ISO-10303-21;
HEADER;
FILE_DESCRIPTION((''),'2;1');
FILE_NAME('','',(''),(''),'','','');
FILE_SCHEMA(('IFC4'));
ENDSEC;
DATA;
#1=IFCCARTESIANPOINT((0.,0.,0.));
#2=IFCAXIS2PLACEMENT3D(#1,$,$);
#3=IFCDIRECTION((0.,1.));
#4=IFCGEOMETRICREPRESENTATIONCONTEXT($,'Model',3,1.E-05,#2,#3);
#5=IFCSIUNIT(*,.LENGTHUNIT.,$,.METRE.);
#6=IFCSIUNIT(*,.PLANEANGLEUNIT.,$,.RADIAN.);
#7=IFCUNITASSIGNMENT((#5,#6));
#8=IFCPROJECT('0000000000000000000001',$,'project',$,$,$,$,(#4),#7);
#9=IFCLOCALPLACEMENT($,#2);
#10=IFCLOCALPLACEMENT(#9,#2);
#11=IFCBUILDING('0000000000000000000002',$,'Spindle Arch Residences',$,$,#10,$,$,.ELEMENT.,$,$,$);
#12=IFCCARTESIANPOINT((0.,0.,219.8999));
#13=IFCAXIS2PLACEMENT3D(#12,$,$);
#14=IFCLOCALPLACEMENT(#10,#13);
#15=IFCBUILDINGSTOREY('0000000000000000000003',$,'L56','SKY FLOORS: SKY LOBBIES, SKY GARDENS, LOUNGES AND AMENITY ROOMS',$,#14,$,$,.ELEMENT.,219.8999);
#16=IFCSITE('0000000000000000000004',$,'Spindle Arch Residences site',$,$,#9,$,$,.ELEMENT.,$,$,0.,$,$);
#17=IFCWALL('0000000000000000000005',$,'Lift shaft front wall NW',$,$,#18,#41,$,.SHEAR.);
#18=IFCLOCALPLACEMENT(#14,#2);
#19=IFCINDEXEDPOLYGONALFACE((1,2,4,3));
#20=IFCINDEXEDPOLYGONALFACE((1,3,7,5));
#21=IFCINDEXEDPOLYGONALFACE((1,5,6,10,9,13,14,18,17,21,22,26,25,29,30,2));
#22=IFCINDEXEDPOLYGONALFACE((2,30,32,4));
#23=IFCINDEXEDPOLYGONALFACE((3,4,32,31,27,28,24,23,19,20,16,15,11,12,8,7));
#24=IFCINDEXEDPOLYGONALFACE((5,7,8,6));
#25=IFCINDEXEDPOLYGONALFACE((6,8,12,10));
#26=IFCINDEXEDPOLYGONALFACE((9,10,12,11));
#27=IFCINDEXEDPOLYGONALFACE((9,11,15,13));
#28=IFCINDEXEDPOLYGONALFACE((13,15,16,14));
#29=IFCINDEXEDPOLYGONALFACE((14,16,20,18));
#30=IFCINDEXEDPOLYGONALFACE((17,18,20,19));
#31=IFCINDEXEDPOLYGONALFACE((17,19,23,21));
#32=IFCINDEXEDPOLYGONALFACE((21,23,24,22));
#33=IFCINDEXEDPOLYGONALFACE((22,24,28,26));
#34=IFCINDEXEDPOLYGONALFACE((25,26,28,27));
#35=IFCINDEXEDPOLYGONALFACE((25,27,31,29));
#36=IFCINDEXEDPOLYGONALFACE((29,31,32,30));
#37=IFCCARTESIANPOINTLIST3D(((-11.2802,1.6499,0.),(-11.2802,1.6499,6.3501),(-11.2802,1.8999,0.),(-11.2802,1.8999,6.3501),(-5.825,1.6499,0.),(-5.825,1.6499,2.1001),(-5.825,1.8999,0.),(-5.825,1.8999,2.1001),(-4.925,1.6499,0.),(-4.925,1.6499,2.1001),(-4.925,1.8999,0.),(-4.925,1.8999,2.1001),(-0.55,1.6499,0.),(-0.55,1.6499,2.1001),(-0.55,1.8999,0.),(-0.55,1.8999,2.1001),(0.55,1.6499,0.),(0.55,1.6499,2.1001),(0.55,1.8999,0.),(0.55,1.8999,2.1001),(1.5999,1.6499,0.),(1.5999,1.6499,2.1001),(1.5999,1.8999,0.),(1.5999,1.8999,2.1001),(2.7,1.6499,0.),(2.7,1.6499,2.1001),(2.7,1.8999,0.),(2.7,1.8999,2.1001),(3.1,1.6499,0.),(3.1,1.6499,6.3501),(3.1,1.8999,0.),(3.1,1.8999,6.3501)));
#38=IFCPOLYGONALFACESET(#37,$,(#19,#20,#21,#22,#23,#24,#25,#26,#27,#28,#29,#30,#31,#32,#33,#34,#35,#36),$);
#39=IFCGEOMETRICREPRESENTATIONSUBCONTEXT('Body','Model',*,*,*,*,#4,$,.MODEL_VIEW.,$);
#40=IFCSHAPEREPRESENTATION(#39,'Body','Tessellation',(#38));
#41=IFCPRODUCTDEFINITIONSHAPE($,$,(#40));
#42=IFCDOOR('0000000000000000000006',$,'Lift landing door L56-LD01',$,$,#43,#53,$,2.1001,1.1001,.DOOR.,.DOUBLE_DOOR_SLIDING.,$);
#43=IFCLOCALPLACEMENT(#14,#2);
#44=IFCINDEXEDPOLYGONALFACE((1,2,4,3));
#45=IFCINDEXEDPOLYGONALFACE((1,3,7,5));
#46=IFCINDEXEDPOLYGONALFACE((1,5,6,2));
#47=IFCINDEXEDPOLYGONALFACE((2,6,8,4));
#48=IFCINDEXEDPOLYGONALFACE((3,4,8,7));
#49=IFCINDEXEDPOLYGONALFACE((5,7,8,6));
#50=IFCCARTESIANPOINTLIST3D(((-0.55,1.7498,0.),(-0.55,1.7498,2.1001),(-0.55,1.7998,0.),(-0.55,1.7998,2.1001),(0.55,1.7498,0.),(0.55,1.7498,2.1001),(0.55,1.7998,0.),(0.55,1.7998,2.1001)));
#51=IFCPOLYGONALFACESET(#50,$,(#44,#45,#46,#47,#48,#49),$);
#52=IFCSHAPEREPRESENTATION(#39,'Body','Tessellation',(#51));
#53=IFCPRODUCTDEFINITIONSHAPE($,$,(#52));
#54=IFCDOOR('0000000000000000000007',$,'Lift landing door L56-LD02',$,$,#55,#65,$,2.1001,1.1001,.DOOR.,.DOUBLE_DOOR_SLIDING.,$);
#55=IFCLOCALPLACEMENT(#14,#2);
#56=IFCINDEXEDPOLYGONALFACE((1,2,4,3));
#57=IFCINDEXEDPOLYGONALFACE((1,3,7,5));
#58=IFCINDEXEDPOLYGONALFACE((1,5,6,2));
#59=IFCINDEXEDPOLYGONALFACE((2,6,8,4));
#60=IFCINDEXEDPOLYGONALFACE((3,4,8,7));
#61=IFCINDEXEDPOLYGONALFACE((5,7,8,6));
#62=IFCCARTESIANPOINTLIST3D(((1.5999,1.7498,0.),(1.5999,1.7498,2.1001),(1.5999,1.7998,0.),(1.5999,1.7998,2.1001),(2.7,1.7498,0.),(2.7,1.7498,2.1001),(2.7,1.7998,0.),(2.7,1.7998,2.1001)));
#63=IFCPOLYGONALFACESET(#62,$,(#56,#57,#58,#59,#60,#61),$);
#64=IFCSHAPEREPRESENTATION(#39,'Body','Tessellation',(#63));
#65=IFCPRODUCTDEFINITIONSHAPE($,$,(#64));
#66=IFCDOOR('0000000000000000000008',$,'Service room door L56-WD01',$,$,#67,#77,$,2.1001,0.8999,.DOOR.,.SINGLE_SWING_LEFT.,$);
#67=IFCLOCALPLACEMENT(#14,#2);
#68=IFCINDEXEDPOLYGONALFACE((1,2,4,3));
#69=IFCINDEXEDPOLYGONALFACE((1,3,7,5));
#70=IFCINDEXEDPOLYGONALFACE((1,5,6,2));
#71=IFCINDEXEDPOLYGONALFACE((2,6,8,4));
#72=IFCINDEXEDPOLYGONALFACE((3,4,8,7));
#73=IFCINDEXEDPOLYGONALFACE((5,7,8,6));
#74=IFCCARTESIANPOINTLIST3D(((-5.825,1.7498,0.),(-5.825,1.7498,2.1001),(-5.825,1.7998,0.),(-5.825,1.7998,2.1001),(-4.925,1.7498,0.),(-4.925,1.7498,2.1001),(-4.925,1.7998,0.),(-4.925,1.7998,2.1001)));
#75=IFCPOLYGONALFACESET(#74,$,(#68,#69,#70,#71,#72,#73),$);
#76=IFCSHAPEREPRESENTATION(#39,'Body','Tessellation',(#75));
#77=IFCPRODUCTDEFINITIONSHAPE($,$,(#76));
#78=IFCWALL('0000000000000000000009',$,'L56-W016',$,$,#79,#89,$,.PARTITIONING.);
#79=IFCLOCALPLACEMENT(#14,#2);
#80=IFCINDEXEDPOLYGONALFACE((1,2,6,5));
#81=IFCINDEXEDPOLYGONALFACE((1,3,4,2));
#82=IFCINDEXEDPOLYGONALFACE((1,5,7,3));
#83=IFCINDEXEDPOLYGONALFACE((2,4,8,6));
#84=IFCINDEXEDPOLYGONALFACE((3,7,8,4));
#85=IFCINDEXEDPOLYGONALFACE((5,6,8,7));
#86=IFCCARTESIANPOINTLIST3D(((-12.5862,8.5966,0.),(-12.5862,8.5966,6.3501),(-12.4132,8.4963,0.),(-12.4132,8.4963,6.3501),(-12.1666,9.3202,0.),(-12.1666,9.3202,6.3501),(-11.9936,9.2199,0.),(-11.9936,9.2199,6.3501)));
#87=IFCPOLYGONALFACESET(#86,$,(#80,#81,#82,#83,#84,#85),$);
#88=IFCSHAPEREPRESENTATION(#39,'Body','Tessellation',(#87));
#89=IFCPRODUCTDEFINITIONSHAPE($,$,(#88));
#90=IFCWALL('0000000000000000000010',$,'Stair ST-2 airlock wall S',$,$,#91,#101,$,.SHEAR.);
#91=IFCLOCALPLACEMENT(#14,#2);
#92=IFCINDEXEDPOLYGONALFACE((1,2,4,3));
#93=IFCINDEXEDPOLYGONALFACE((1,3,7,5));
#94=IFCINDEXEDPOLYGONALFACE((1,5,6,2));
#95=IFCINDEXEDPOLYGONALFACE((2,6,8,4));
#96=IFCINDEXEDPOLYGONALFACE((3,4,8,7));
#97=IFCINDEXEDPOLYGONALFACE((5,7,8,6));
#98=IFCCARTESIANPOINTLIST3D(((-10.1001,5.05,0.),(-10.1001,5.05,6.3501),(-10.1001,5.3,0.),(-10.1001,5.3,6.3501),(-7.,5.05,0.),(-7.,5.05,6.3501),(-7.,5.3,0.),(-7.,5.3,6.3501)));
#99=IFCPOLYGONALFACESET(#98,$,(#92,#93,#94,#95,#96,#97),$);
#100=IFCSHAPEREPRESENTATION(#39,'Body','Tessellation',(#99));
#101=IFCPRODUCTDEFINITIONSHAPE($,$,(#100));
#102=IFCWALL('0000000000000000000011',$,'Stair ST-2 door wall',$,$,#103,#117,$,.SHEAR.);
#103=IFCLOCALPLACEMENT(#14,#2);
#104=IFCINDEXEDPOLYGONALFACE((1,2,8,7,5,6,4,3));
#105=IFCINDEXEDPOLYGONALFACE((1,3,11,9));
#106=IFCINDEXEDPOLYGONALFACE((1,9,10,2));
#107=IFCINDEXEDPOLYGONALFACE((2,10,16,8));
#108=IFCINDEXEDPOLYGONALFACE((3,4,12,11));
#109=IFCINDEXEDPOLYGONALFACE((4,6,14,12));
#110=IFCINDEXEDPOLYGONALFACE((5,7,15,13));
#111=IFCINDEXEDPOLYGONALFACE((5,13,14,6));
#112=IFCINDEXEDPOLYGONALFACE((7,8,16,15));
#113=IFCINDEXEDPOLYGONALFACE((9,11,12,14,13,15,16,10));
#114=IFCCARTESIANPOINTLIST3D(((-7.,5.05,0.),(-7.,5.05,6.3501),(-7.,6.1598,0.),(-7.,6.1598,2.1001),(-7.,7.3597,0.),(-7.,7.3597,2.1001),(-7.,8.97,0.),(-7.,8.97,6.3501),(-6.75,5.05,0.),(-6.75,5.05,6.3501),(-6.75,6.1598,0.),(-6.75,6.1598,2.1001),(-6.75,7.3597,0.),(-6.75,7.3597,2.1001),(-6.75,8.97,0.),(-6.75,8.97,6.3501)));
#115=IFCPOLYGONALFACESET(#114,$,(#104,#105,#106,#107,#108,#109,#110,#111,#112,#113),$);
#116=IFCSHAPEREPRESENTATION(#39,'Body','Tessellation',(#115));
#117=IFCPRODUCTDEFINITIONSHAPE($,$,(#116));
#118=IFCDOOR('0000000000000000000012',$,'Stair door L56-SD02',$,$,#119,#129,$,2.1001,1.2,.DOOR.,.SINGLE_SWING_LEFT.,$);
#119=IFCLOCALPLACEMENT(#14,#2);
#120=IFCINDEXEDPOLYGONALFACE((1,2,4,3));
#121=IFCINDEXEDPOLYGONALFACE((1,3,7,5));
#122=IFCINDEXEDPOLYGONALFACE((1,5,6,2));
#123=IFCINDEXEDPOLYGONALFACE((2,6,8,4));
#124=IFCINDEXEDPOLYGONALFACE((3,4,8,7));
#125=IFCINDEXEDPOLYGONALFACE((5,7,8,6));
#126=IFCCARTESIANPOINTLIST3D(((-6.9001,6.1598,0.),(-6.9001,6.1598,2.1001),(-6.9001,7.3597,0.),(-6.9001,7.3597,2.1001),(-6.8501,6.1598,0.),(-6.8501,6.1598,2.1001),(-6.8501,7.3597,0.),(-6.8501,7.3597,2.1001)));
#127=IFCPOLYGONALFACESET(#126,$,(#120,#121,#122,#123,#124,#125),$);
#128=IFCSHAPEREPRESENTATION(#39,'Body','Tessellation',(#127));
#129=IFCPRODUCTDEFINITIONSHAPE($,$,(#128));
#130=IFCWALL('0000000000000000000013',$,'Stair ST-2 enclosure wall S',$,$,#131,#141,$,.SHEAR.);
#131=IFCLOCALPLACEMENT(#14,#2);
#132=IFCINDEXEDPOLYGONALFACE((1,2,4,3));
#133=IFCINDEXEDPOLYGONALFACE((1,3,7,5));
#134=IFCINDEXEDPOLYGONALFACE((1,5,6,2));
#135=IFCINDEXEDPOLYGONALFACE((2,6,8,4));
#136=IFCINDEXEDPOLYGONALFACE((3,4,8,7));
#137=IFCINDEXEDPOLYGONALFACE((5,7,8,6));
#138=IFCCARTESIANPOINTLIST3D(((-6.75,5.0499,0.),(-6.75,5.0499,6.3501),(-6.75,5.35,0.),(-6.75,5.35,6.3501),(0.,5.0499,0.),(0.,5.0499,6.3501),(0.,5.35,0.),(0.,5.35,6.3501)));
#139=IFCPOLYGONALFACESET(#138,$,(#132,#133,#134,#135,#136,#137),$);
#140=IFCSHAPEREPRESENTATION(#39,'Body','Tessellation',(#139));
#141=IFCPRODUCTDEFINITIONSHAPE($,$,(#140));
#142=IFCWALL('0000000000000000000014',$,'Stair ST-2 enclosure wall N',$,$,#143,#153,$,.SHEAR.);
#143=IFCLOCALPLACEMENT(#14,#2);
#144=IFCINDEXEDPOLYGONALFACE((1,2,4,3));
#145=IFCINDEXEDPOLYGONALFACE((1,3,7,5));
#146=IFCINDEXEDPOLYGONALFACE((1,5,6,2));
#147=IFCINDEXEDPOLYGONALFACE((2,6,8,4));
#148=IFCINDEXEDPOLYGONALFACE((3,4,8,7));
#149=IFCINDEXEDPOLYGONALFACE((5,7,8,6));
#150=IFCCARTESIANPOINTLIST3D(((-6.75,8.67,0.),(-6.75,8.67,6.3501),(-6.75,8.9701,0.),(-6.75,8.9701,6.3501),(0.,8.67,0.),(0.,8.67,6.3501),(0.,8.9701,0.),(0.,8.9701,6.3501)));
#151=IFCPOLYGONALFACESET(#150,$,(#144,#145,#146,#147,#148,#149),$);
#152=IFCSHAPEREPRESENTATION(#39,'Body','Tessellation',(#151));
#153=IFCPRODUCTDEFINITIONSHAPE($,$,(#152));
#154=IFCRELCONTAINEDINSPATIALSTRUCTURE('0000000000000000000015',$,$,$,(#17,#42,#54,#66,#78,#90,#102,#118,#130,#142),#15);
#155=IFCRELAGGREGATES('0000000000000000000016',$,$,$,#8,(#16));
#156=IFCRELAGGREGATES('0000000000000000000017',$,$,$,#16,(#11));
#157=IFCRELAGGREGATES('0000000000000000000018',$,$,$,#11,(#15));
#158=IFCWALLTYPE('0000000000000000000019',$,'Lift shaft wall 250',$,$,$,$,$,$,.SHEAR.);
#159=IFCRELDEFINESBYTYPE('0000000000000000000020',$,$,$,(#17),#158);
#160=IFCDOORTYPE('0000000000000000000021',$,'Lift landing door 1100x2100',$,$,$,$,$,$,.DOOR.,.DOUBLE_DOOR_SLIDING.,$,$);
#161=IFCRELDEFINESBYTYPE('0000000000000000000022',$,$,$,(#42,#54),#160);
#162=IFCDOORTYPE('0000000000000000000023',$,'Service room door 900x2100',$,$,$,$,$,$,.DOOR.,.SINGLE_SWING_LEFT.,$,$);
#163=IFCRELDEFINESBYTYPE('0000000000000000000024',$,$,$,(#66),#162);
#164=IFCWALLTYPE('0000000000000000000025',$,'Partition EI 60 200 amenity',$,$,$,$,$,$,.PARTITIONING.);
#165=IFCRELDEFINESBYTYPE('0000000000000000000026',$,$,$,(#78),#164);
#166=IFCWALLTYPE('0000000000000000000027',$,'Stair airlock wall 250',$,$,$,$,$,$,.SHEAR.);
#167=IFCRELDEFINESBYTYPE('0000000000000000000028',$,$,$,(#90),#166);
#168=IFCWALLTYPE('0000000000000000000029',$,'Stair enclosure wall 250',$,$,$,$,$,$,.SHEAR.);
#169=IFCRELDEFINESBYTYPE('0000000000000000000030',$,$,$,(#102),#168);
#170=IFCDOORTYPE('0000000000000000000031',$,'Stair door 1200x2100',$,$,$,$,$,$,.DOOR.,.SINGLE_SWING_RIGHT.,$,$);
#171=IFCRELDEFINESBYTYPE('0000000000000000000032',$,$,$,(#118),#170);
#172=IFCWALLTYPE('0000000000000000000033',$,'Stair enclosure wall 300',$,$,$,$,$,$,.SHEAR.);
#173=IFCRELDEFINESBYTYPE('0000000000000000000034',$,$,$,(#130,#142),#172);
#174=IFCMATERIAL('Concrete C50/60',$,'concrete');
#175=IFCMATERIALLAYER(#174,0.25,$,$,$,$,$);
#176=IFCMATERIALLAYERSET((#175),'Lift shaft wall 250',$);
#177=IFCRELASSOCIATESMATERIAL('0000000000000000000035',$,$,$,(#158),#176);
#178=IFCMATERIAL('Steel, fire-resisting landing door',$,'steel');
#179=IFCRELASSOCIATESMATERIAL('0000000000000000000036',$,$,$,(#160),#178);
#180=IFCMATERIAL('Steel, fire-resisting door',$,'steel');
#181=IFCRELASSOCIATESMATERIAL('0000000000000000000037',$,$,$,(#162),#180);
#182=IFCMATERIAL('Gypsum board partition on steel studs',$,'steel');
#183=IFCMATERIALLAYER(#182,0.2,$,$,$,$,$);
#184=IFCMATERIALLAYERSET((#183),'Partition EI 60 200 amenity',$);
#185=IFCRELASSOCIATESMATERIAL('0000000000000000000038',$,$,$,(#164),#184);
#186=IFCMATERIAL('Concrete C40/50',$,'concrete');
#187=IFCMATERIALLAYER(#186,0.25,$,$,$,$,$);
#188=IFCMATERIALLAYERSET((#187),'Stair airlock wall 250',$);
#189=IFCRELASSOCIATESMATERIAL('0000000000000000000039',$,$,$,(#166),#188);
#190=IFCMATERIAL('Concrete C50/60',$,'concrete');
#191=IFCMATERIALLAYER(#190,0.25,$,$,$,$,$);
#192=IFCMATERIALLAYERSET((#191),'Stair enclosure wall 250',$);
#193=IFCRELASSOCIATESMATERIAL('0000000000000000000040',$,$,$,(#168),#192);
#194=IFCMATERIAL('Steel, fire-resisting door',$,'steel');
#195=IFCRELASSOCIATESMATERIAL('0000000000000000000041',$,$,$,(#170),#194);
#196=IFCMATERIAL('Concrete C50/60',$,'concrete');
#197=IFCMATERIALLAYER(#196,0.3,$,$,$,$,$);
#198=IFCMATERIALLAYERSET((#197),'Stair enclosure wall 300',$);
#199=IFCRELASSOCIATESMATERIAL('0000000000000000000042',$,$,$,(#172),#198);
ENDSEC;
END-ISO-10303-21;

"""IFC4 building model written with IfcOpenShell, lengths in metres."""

from ifc_helpers import new_model, si_unit, direction, frame, frame_2d, origin, place, context, subcontext, project, spatial, rectangle, extrude, material, layer, layer_set, type_object, element, fill, save


model = new_model("IFC4")

# Units and contexts
model_context = context("Model", 3, precision=1e-05, world=origin(), true_north=direction((0.0, 1.0)))
body_context = subcontext(model_context, "Body", "Model", "MODEL_VIEW")
ifc_project = project(units=[si_unit("LENGTHUNIT", "METRE"), si_unit("PLANEANGLEUNIT", "RADIAN")], contexts=[model_context])

# Site, building, storey
site_placement = place(None, origin())
site = spatial("IfcSite", under=ifc_project, at=site_placement, Name="Spindle Arch Residences site", CompositionType="ELEMENT", RefElevation=0.0)
building_placement = place(site_placement, origin())
building = spatial("IfcBuilding", under=site, at=building_placement, Name="Spindle Arch Residences", CompositionType="ELEMENT")
storey_placement = place(building_placement, frame((0.0, 0.0, 219.8999)))
storey = spatial("IfcBuildingStorey", under=building, at=storey_placement, Name="L56", Description="SKY FLOORS: SKY LOBBIES, SKY GARDENS, LOUNGES AND AMENITY ROOMS", CompositionType="ELEMENT", Elevation=219.8999)

# Wall, openings, doors
ifc_material_1 = material(Name="Concrete C50/60", Category="concrete")
ifc_layer_1 = layer(ifc_material_1, 0.25)
ifc_layer_set_1 = layer_set([ifc_layer_1], Name="Lift shaft wall 250")
wall_type_1 = type_object("IfcWallType", Name="Lift shaft wall 250", PredefinedType="SHEAR", material=ifc_layer_set_1)
wall_1_placement = place(storey_placement, frame((-11.28, 1.7749, 0.0), z_axis=(0.0, 0.0, 1.0), x_axis=(1.0, 0.0, 0.0)))
wall_1 = element("IfcWall", 1, at=wall_1_placement, inside=storey, type_object=wall_type_1, Name="Lift shaft front wall NW", PredefinedType="SHEAR", context=body_context, shape_type="SweptSolid", body=[
    extrude(rectangle(XDim=14.3801, YDim=0.25, at=frame_2d((7.1899, 0.0))), origin(), (0.0, 0.0, 1.0), 6.3501),
])
opening_1_placement = place(wall_1_placement, frame((10.73, 0.0, 0.0)))
opening_1 = element("IfcOpeningElement", 2, at=opening_1_placement, cuts=wall_1, PredefinedType="OPENING", context=body_context, shape_type="SweptSolid", body=[
    extrude(rectangle(XDim=1.1001, YDim=2.1001, at=frame_2d((0.55, 1.05))), frame((0.0, 0.135, 0.0), z_axis=(0.0, -1.0, 0.0), x_axis=(1.0, 0.0, 0.0)), (0.0, 0.0, 1.0), 0.27),
])
opening_2_placement = place(wall_1_placement, frame((12.8799, 0.0, 0.0)))
opening_2 = element("IfcOpeningElement", 3, at=opening_2_placement, cuts=wall_1, PredefinedType="OPENING", context=body_context, shape_type="SweptSolid", body=[
    extrude(rectangle(XDim=1.1001, YDim=2.1001, at=frame_2d((0.55, 1.05))), frame((0.0, 0.135, 0.0), z_axis=(0.0, -1.0, 0.0), x_axis=(1.0, 0.0, 0.0)), (0.0, 0.0, 1.0), 0.27),
])
opening_3_placement = place(wall_1_placement, frame((5.4551, 0.0, 0.0)))
opening_3 = element("IfcOpeningElement", 4, at=opening_3_placement, cuts=wall_1, PredefinedType="OPENING", context=body_context, shape_type="SweptSolid", body=[
    extrude(rectangle(XDim=0.8999, YDim=2.1001, at=frame_2d((0.45, 1.05))), frame((0.0, 0.135, 0.0), z_axis=(0.0, -1.0, 0.0), x_axis=(1.0, 0.0, 0.0)), (0.0, 0.0, 1.0), 0.27),
])
ifc_material_2 = material(Name="Steel, fire-resisting landing door", Category="steel")
door_type_1 = type_object("IfcDoorType", Name="Lift landing door 1100x2100", OperationType="DOUBLE_DOOR_SLIDING", PredefinedType="DOOR", material=ifc_material_2)
door_1_placement = place(opening_1_placement, origin())
door_1 = element("IfcDoor", 5, at=door_1_placement, inside=storey, type_object=door_type_1, Name="Lift landing door L56-LD01", OperationType="DOUBLE_DOOR_SLIDING", OverallHeight=2.1001, OverallWidth=1.1001, PredefinedType="DOOR", context=body_context, shape_type="SweptSolid", body=[
    extrude(rectangle(XDim=1.1001, YDim=2.1001, at=frame_2d((0.55, 1.05))), frame((0.0, 0.0249, 0.0), z_axis=(0.0, -1.0, 0.0), x_axis=(1.0, 0.0, 0.0)), (0.0, 0.0, 1.0), 0.05),
])
fill(opening_1, door_1)
door_2_placement = place(opening_2_placement, origin())
door_2 = element("IfcDoor", 6, at=door_2_placement, inside=storey, type_object=door_type_1, Name="Lift landing door L56-LD02", OperationType="DOUBLE_DOOR_SLIDING", OverallHeight=2.1001, OverallWidth=1.1001, PredefinedType="DOOR", context=body_context, shape_type="SweptSolid", body=[
    extrude(rectangle(XDim=1.1001, YDim=2.1001, at=frame_2d((0.55, 1.05))), frame((0.0, 0.0249, 0.0), z_axis=(0.0, -1.0, 0.0), x_axis=(1.0, 0.0, 0.0)), (0.0, 0.0, 1.0), 0.05),
])
fill(opening_2, door_2)
ifc_material_3 = material(Name="Steel, fire-resisting door", Category="steel")
door_type_2 = type_object("IfcDoorType", Name="Service room door 900x2100", OperationType="SINGLE_SWING_LEFT", PredefinedType="DOOR", material=ifc_material_3)
door_3_placement = place(opening_3_placement, origin())
door_3 = element("IfcDoor", 7, at=door_3_placement, inside=storey, type_object=door_type_2, Name="Service room door L56-WD01", OperationType="SINGLE_SWING_LEFT", OverallHeight=2.1001, OverallWidth=0.8999, PredefinedType="DOOR", context=body_context, shape_type="SweptSolid", body=[
    extrude(rectangle(XDim=0.8999, YDim=2.1001, at=frame_2d((0.45, 1.05))), frame((0.0, 0.0249, 0.0), z_axis=(0.0, -1.0, 0.0), x_axis=(1.0, 0.0, 0.0)), (0.0, 0.0, 1.0), 0.05),
])
fill(opening_3, door_3)

# Walls
ifc_material_4 = material(Name="Gypsum board partition on steel studs", Category="steel")
ifc_layer_2 = layer(ifc_material_4, 0.2)
ifc_layer_set_2 = layer_set([ifc_layer_2], Name="Partition EI 60 200 amenity")
wall_type_2 = type_object("IfcWallType", Name="Partition EI 60 200 amenity", PredefinedType="PARTITIONING", material=ifc_layer_set_2)
wall_2_placement = place(storey_placement, frame((-12.0801, 9.27, 0.0), z_axis=(0.0, 0.0, 1.0), x_axis=(-0.501692, -0.865046, 0.0)))
element("IfcWall", 8, at=wall_2_placement, inside=storey, type_object=wall_type_2, Name="L56-W016", PredefinedType="PARTITIONING", context=body_context, shape_type="SweptSolid", body=[
    extrude(rectangle(XDim=0.8364, YDim=0.2, at=frame_2d((0.4182, 0.0))), origin(), (0.0, 0.0, 1.0), 6.3501),
])
ifc_material_5 = material(Name="Concrete C40/50", Category="concrete")
ifc_layer_3 = layer(ifc_material_5, 0.25)
ifc_layer_set_3 = layer_set([ifc_layer_3], Name="Stair airlock wall 250")
wall_type_3 = type_object("IfcWallType", Name="Stair airlock wall 250", PredefinedType="SHEAR", material=ifc_layer_set_3)
wall_3_placement = place(storey_placement, frame((-7.0, 5.175, 0.0), z_axis=(0.0, 0.0, 1.0), x_axis=(-1.0, 0.0, 0.0)))
element("IfcWall", 9, at=wall_3_placement, inside=storey, type_object=wall_type_3, Name="Stair ST-2 airlock wall S", PredefinedType="SHEAR", context=body_context, shape_type="SweptSolid", body=[
    extrude(rectangle(XDim=3.1001, YDim=0.25, at=frame_2d((1.55, 0.0))), origin(), (0.0, 0.0, 1.0), 6.3501),
])

# Wall, opening, door
ifc_material_6 = material(Name="Concrete C50/60", Category="concrete")
ifc_layer_4 = layer(ifc_material_6, 0.25)
ifc_layer_set_4 = layer_set([ifc_layer_4], Name="Stair enclosure wall 250")
wall_type_4 = type_object("IfcWallType", Name="Stair enclosure wall 250", PredefinedType="SHEAR", material=ifc_layer_set_4)
wall_4_placement = place(storey_placement, frame((-6.875, 8.97, 0.0), z_axis=(0.0, 0.0, 1.0), x_axis=(0.0, -1.0, 0.0)))
wall_4 = element("IfcWall", 10, at=wall_4_placement, inside=storey, type_object=wall_type_4, Name="Stair ST-2 door wall", PredefinedType="SHEAR", context=body_context, shape_type="SweptSolid", body=[
    extrude(rectangle(XDim=3.9199, YDim=0.25, at=frame_2d((1.96, 0.0))), origin(), (0.0, 0.0, 1.0), 6.3501),
])
opening_4_placement = place(wall_4_placement, frame((1.6101, 0.0, 0.0)))
opening_4 = element("IfcOpeningElement", 11, at=opening_4_placement, cuts=wall_4, PredefinedType="OPENING", context=body_context, shape_type="SweptSolid", body=[
    extrude(rectangle(XDim=1.2, YDim=2.1001, at=frame_2d((0.6001, 1.05))), frame((0.0, 0.135, 0.0), z_axis=(0.0, -1.0, 0.0), x_axis=(1.0, 0.0, 0.0)), (0.0, 0.0, 1.0), 0.27),
])
ifc_material_7 = material(Name="Steel, fire-resisting door", Category="steel")
door_type_3 = type_object("IfcDoorType", Name="Stair door 1200x2100", OperationType="SINGLE_SWING_RIGHT", PredefinedType="DOOR", material=ifc_material_7)
door_4_placement = place(opening_4_placement, origin())
door_4 = element("IfcDoor", 12, at=door_4_placement, inside=storey, type_object=door_type_3, Name="Stair door L56-SD02", OperationType="SINGLE_SWING_LEFT", OverallHeight=2.1001, OverallWidth=1.2, PredefinedType="DOOR", context=body_context, shape_type="SweptSolid", body=[
    extrude(rectangle(XDim=1.2, YDim=2.1001, at=frame_2d((0.6001, 1.05))), frame((0.0, 0.0249, 0.0), z_axis=(0.0, -1.0, 0.0), x_axis=(1.0, 0.0, 0.0)), (0.0, 0.0, 1.0), 0.05),
])
fill(opening_4, door_4)

# Walls
ifc_material_8 = material(Name="Concrete C50/60", Category="concrete")
ifc_layer_5 = layer(ifc_material_8, 0.3)
ifc_layer_set_5 = layer_set([ifc_layer_5], Name="Stair enclosure wall 300")
wall_type_5 = type_object("IfcWallType", Name="Stair enclosure wall 300", PredefinedType="SHEAR", material=ifc_layer_set_5)
for number, where, z_axis, x_axis, name in (
    (13, (-6.75, 5.2, 0.0), (0.0, 0.0, 1.0), (1.0, 0.0, 0.0), "Stair ST-2 enclosure wall S"),
    (14, (-6.75, 8.8201, 0.0), (0.0, 0.0, 1.0), (1.0, 0.0, 0.0), "Stair ST-2 enclosure wall N"),
):
    element("IfcWall", number, at=place(storey_placement, frame(where, z_axis=z_axis, x_axis=x_axis)), inside=storey, type_object=wall_type_5, Name=name, PredefinedType="SHEAR", context=body_context, shape_type="SweptSolid", body=[
        extrude(rectangle(XDim=6.75, YDim=0.3, at=frame_2d((3.375, 0.0))), origin(), (0.0, 0.0, 1.0), 6.3501),
    ])

save(model, "model.ifc")
